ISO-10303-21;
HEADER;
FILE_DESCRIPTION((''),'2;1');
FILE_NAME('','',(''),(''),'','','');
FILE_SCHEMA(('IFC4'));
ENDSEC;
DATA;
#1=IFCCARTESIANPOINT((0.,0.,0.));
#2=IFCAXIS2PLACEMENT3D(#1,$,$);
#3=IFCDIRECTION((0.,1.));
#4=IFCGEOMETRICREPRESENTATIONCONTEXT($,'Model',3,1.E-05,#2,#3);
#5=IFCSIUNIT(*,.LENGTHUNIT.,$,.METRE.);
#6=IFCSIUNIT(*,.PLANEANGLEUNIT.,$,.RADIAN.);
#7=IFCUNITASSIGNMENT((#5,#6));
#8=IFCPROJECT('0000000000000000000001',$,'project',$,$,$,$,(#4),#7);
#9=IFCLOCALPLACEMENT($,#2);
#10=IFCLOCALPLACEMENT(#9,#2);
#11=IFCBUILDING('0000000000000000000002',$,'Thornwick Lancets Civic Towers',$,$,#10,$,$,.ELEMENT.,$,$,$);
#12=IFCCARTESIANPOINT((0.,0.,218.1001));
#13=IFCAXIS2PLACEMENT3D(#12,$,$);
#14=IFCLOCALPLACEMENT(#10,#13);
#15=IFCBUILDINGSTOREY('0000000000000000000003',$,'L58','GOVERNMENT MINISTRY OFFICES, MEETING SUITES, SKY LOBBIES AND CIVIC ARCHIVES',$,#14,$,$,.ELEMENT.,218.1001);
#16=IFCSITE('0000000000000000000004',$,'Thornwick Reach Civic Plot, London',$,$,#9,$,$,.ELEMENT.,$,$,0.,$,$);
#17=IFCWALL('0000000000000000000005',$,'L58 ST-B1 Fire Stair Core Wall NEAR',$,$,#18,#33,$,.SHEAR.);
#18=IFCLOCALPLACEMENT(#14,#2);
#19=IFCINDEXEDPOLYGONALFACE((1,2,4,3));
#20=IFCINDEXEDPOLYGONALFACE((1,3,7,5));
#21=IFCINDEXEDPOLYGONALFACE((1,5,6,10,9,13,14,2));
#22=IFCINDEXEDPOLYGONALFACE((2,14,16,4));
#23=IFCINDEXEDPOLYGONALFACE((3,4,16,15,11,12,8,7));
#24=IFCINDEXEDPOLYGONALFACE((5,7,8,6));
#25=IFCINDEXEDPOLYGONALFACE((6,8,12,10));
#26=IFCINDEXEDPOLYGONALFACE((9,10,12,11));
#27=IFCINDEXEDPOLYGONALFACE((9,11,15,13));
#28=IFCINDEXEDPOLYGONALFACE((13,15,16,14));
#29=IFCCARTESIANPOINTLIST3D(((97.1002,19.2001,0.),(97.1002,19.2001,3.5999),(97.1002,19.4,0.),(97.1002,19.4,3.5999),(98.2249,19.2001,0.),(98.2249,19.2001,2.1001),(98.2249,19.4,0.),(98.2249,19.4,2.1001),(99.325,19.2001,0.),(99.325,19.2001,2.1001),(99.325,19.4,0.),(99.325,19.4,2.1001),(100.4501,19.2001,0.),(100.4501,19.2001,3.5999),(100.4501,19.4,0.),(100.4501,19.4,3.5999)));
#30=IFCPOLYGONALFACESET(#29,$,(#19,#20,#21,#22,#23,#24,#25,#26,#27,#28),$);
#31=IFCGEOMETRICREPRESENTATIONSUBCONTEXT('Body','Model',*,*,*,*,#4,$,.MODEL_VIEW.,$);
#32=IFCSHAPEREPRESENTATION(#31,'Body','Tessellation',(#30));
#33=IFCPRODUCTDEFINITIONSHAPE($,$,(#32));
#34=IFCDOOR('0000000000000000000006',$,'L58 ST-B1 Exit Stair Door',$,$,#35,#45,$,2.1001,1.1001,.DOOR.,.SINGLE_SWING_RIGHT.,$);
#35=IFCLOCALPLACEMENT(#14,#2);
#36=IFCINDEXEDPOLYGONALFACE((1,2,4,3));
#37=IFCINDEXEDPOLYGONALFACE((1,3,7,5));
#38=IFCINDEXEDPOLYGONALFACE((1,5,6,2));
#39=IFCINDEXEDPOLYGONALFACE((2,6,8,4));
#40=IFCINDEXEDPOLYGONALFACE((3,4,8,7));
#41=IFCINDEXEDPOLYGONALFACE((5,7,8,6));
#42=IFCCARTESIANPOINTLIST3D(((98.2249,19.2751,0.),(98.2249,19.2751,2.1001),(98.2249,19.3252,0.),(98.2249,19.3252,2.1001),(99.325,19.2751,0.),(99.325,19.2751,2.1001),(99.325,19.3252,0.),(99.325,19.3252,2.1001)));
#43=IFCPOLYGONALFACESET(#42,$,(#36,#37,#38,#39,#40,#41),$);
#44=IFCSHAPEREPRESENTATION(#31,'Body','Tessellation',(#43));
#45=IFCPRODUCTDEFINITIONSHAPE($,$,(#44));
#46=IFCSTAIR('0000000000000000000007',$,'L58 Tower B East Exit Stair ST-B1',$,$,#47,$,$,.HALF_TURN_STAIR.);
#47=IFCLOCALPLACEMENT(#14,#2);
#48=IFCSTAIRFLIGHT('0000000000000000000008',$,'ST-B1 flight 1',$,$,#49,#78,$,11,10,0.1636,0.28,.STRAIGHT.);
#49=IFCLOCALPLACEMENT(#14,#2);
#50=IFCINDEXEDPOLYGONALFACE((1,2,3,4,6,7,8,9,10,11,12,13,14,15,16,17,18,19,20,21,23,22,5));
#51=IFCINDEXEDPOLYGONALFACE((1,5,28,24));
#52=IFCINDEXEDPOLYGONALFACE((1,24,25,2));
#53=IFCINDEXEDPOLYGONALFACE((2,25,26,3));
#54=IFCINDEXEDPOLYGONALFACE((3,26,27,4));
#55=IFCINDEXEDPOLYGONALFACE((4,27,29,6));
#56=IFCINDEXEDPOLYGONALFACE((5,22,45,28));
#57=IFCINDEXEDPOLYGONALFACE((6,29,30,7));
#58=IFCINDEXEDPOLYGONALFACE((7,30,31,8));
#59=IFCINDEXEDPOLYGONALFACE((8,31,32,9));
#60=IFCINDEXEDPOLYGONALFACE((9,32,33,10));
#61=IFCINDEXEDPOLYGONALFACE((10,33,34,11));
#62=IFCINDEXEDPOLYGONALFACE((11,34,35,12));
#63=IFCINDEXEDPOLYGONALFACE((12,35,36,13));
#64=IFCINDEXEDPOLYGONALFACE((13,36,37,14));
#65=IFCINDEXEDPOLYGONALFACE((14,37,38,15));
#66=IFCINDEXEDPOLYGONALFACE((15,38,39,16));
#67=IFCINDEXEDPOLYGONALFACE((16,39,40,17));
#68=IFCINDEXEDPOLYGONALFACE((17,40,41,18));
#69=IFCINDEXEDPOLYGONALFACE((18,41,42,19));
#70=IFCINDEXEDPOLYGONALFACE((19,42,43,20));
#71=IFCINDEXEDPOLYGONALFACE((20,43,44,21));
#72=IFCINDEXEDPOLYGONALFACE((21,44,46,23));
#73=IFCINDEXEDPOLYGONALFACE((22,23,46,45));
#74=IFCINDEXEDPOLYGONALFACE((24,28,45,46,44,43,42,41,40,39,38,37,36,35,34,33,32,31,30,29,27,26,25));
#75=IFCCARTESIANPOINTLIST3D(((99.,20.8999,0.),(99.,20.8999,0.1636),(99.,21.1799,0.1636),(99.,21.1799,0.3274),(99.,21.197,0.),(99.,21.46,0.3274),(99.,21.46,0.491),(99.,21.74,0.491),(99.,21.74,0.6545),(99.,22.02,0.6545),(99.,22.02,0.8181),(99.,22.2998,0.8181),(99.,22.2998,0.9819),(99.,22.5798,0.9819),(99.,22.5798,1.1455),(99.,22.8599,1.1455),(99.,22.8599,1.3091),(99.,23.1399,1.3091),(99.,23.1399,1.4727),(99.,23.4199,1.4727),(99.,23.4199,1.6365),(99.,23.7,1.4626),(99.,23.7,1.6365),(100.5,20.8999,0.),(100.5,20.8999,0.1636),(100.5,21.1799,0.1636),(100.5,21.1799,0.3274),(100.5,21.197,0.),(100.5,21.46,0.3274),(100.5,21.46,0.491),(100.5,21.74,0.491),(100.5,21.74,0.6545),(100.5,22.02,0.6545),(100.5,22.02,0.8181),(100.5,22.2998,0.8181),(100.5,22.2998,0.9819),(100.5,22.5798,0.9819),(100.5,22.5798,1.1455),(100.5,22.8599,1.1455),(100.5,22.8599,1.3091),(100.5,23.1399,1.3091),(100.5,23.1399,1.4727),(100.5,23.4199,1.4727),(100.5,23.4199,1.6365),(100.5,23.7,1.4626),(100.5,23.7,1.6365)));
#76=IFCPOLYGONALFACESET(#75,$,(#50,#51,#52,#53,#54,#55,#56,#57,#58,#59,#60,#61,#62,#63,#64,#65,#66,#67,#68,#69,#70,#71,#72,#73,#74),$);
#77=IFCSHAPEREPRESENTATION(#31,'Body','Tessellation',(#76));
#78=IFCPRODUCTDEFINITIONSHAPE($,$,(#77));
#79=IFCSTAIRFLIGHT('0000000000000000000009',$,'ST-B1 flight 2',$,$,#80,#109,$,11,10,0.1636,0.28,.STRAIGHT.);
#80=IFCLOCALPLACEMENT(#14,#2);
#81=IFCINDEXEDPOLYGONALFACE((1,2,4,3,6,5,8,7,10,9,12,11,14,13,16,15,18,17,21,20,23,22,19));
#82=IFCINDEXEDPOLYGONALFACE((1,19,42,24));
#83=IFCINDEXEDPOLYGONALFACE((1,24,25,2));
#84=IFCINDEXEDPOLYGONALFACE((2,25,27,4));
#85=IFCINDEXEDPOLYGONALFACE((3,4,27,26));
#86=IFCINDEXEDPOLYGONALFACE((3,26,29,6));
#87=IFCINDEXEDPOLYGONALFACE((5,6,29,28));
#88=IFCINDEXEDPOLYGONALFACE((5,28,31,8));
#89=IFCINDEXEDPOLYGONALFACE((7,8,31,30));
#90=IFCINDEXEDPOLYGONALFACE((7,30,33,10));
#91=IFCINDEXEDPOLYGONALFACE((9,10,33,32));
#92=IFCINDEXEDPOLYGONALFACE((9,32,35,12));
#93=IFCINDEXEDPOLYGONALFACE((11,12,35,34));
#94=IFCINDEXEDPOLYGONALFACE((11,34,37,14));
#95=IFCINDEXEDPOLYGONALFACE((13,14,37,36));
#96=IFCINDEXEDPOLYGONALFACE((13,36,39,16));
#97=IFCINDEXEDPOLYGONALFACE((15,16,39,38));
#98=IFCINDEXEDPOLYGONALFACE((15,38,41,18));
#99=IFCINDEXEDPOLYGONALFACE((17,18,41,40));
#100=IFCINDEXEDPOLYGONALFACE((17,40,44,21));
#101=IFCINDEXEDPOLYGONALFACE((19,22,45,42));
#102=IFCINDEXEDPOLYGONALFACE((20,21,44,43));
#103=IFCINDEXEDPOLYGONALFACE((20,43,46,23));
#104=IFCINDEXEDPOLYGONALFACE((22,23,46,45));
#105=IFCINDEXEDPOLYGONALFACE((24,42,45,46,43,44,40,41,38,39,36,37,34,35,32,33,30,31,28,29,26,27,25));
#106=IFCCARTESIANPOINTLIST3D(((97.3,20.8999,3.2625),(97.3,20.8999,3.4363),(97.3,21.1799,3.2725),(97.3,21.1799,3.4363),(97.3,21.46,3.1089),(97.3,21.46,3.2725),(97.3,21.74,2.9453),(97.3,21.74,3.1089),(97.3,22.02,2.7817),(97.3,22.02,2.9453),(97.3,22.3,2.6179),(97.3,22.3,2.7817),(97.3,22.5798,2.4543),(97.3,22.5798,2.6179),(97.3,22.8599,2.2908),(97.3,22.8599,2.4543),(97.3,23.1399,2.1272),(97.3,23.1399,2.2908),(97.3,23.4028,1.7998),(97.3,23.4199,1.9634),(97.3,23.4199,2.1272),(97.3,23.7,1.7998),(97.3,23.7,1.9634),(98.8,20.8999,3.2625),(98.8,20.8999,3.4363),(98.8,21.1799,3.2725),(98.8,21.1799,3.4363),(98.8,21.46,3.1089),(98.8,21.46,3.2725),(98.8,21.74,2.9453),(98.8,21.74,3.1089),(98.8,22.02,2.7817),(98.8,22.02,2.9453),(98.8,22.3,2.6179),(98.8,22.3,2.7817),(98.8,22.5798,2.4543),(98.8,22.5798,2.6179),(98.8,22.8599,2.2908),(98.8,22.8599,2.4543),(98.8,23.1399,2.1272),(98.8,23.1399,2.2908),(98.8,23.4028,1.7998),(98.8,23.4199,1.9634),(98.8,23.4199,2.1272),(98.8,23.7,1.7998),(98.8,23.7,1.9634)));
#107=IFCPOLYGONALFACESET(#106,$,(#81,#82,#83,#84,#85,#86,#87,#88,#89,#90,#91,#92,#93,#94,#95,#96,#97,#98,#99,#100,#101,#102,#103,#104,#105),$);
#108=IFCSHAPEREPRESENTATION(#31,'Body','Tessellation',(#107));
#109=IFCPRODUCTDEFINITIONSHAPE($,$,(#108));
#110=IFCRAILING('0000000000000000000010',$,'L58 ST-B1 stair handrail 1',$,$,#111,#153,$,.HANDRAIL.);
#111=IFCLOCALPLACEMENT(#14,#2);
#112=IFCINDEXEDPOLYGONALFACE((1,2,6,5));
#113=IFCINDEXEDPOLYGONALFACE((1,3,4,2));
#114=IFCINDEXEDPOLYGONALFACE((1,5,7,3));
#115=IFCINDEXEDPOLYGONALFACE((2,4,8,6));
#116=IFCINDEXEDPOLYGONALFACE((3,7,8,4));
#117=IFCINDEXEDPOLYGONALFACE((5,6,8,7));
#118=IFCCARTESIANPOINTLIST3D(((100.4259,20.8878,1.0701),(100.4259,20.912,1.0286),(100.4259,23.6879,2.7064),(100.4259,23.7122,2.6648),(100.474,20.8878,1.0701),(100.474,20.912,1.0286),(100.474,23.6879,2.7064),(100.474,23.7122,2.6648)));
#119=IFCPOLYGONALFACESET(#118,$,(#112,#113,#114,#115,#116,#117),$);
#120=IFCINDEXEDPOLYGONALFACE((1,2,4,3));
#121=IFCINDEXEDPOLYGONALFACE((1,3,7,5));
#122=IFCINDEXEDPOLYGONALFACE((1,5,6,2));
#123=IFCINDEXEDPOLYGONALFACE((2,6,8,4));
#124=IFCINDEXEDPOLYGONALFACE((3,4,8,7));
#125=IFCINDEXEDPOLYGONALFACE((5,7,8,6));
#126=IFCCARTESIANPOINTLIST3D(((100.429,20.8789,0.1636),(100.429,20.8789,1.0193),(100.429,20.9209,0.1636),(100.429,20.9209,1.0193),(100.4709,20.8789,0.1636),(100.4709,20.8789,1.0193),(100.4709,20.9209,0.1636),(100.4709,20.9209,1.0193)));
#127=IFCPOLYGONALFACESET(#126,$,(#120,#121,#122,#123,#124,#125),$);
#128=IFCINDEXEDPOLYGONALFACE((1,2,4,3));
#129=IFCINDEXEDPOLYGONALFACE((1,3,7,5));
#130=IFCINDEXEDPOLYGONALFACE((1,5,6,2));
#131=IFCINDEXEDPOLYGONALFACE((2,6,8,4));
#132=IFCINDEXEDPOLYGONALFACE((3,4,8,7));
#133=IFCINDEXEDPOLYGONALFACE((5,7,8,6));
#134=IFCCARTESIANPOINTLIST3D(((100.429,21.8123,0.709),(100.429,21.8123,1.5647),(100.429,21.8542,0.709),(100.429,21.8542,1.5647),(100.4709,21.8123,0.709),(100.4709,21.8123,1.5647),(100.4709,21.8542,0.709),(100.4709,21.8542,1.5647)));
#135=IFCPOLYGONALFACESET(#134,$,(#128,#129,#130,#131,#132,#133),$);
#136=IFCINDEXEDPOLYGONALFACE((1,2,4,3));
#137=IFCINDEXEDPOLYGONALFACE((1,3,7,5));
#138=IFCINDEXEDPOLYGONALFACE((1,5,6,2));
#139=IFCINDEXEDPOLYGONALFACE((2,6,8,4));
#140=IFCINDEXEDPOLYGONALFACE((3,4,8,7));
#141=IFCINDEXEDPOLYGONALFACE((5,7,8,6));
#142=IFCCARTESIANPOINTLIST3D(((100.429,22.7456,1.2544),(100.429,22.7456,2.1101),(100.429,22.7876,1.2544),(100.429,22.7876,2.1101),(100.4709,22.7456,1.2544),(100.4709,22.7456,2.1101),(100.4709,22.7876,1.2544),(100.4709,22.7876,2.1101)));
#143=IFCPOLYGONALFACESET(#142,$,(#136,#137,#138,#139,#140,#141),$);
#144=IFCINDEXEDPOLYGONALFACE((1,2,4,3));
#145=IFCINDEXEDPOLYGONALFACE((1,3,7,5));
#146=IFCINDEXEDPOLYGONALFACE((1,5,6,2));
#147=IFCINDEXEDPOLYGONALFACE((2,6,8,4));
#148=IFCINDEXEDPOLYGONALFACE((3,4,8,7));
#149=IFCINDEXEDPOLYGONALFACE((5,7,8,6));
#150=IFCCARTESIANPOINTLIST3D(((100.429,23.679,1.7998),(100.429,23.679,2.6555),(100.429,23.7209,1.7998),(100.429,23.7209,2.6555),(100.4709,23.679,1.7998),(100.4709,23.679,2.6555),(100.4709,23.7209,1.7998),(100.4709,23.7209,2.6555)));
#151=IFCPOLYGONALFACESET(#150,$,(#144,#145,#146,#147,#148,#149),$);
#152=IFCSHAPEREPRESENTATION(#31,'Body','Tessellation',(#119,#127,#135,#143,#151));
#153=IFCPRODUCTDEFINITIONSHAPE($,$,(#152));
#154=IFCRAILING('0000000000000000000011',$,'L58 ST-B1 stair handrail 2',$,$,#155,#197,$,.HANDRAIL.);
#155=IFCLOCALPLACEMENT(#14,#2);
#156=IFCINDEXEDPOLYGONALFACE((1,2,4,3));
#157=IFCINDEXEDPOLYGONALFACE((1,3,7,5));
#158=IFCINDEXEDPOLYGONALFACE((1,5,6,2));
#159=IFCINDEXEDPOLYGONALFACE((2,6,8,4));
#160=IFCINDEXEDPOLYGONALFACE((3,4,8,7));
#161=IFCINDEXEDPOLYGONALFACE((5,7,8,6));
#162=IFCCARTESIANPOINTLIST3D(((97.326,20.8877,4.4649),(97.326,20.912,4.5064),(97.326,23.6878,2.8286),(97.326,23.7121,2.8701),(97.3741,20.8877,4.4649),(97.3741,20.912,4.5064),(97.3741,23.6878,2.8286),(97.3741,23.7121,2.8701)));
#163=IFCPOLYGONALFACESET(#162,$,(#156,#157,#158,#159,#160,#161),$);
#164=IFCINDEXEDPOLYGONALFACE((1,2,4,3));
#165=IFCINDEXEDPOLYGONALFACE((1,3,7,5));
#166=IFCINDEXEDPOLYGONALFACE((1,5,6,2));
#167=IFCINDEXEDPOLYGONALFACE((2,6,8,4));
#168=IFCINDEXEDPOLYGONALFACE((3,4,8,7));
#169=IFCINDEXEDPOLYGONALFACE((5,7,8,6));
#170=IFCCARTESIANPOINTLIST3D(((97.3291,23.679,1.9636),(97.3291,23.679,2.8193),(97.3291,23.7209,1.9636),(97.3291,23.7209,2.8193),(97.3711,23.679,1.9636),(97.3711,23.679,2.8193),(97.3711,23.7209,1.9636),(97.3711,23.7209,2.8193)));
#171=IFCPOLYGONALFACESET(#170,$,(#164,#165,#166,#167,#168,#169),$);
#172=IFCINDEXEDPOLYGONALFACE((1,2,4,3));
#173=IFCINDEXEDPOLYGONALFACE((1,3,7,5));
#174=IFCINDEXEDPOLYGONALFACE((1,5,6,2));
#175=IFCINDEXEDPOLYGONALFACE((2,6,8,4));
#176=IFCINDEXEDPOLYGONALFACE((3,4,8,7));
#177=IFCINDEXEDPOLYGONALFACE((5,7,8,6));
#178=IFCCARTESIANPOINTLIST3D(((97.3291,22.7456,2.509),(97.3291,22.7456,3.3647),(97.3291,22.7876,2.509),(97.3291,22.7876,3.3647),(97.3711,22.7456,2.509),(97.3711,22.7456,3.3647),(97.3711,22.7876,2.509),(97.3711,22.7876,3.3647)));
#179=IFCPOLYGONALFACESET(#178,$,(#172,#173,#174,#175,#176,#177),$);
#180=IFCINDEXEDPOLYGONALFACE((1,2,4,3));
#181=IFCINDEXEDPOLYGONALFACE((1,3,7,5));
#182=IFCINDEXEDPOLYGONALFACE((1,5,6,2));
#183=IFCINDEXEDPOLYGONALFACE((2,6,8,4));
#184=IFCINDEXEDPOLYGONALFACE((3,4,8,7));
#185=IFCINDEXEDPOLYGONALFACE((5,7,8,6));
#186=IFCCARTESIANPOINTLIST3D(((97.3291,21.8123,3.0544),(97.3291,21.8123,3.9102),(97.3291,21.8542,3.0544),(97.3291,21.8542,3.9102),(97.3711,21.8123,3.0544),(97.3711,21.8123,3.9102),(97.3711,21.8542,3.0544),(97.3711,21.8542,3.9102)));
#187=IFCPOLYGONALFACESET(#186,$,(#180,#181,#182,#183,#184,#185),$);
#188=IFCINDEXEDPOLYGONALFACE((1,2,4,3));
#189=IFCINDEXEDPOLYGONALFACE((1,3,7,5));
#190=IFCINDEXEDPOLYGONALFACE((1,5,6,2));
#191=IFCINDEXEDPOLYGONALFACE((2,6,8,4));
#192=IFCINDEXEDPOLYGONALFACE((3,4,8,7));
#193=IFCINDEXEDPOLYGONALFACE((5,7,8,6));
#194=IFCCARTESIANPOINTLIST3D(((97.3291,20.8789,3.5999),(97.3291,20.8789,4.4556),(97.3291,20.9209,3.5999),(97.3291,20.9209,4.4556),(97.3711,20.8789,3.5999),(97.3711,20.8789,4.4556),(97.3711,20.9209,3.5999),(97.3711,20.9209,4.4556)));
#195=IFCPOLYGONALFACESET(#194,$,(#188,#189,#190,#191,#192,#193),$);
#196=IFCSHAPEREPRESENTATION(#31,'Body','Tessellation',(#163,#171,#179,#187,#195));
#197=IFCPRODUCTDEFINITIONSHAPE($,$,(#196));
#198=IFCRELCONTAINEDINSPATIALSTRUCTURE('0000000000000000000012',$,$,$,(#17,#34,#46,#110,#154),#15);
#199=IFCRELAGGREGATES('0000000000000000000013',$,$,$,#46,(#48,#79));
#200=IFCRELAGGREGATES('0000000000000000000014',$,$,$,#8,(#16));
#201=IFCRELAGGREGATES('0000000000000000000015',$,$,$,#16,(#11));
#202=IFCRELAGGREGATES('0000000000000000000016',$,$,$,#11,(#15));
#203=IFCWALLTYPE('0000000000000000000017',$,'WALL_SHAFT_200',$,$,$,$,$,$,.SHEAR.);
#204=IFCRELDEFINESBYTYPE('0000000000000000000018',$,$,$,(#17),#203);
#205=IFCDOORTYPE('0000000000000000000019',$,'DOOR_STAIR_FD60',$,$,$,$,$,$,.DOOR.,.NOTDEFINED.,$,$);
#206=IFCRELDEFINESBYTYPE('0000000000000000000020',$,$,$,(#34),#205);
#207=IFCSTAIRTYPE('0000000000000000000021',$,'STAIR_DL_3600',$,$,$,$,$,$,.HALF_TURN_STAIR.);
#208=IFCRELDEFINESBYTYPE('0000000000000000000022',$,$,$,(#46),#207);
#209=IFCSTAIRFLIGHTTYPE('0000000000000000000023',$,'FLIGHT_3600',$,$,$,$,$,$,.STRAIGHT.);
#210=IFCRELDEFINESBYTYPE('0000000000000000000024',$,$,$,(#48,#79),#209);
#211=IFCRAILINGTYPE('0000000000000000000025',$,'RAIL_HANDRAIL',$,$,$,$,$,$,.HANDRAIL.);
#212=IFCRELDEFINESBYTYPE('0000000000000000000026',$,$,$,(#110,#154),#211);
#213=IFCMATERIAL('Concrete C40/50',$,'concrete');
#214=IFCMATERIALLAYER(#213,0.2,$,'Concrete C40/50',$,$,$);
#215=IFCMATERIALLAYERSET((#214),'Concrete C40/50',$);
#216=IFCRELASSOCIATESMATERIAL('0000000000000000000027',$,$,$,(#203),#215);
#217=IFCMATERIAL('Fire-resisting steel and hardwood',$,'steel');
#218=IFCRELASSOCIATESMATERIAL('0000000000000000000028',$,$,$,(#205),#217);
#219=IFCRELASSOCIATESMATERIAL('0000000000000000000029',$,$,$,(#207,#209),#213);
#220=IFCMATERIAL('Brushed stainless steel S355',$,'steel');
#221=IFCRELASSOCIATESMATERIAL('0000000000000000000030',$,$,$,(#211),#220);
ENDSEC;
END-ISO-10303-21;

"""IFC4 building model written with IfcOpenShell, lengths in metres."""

from ifc_helpers import new_model, si_unit, direction, frame, frame_2d, origin, origin_2d, place, context, subcontext, project, spatial, polyline, rectangle, outline, extrude, material, layer, layer_set, type_object, element, fill, aggregate, save


model = new_model("IFC4")

# Units and contexts
model_context = context("Model", 3, precision=1e-05, world=origin(), true_north=direction((0.0, 1.0)))
body_context = subcontext(model_context, "Body", "Model", "MODEL_VIEW")
ifc_project = project(units=[si_unit("LENGTHUNIT", "METRE"), si_unit("PLANEANGLEUNIT", "RADIAN")], contexts=[model_context])

# Site, building, storey
site_placement = place(None, origin())
site = spatial("IfcSite", under=ifc_project, at=site_placement, Name="Thornwick Reach Civic Plot, London", CompositionType="ELEMENT", RefElevation=0.0)
building_placement = place(site_placement, origin())
building = spatial("IfcBuilding", under=site, at=building_placement, Name="Thornwick Lancets Civic Towers", CompositionType="ELEMENT")
storey_placement = place(building_placement, frame((0.0, 0.0, 218.1001)))
storey = spatial("IfcBuildingStorey", under=building, at=storey_placement, Name="L58", Description="GOVERNMENT MINISTRY OFFICES, MEETING SUITES, SKY LOBBIES AND CIVIC ARCHIVES", CompositionType="ELEMENT", Elevation=218.1001)

# Wall, opening, door
ifc_material_1 = material(Name="Concrete C40/50", Category="concrete")
ifc_layer_1 = layer(ifc_material_1, 0.2, Name="Concrete C40/50")
ifc_layer_set_1 = layer_set([ifc_layer_1], Name="Concrete C40/50")
wall_type_1 = type_object("IfcWallType", Name="WALL_SHAFT_200", PredefinedType="SHEAR", material=ifc_layer_set_1)
wall_1_placement = place(storey_placement, frame((100.45, 19.3, 0.0), z_axis=(0.0, 0.0, 1.0), x_axis=(-1.0, 0.0, 0.0)))
wall_1 = element("IfcWall", 1, at=wall_1_placement, inside=storey, type_object=wall_type_1, Name="L58 ST-B1 Fire Stair Core Wall NEAR", PredefinedType="SHEAR", context=body_context, shape_type="SweptSolid", body=[
    extrude(rectangle(XDim=3.3499, YDim=0.2, at=frame_2d((1.6748, 0.0))), origin(), (0.0, 0.0, 1.0), 3.5999),
])
opening_1_placement = place(wall_1_placement, frame((1.125, 0.0, 0.0)))
opening_1 = element("IfcOpeningElement", 2, at=opening_1_placement, cuts=wall_1, PredefinedType="OPENING", context=body_context, shape_type="SweptSolid", body=[
    extrude(rectangle(XDim=1.1001, YDim=2.1001, at=frame_2d((0.55, 1.05))), frame((0.0, 0.1099, 0.0), z_axis=(0.0, -1.0, 0.0), x_axis=(1.0, 0.0, 0.0)), (0.0, 0.0, 1.0), 0.22),
])
ifc_material_2 = material(Name="Fire-resisting steel and hardwood", Category="steel")
door_type_1 = type_object("IfcDoorType", Name="DOOR_STAIR_FD60", OperationType="NOTDEFINED", PredefinedType="DOOR", material=ifc_material_2)
door_1_placement = place(opening_1_placement, origin())
door_1 = element("IfcDoor", 3, at=door_1_placement, inside=storey, type_object=door_type_1, Name="L58 ST-B1 Exit Stair Door", OperationType="SINGLE_SWING_RIGHT", OverallHeight=2.1001, OverallWidth=1.1001, PredefinedType="DOOR", context=body_context, shape_type="SweptSolid", body=[
    extrude(rectangle(XDim=1.1001, YDim=2.1001, at=frame_2d((0.55, 1.05))), frame((0.0, 0.0249, 0.0), z_axis=(0.0, -1.0, 0.0), x_axis=(1.0, 0.0, 0.0)), (0.0, 0.0, 1.0), 0.05),
])
fill(opening_1, door_1)

# Stair, stair flights
stair_type = type_object("IfcStairType", Name="STAIR_DL_3600", PredefinedType="HALF_TURN_STAIR", material=ifc_material_1)
stair_placement = place(storey_placement, origin())
stair = element("IfcStair", 4, at=stair_placement, inside=storey, type_object=stair_type, Name="L58 Tower B East Exit Stair ST-B1", PredefinedType="HALF_TURN_STAIR")
stair_flight_type = type_object("IfcStairFlightType", Name="FLIGHT_3600", PredefinedType="STRAIGHT", material=ifc_material_1)
stair_flight_1_placement = place(storey_placement, frame((99.75, 20.8999, 0.0), z_axis=(0.0, 0.0, 1.0), x_axis=(0.0, 1.0, 0.0)))
stair_flight_1 = element("IfcStairFlight", 5, at=stair_flight_1_placement, type_object=stair_flight_type, Name="ST-B1 flight 1", NumberOfRisers=11, NumberOfTreads=10, PredefinedType="STRAIGHT", RiserHeight=0.1636, TreadLength=0.28, context=body_context, shape_type="SweptSolid", body=[
    extrude(outline(polyline([(0.0, 0.0), (0.0, 0.1636), (0.28, 0.1636), (0.28, 0.3274), (0.5601, 0.3274), (0.5601, 0.491), (0.8401, 0.491), (0.8401, 0.6545), (1.1201, 0.6545), (1.1201, 0.8181), (1.3999, 0.8181), (1.3999, 0.9819), (1.6799, 0.9819), (1.6799, 1.1455), (1.96, 1.1455), (1.96, 1.3091), (2.24, 1.3091), (2.24, 1.4727), (2.52, 1.4727), (2.52, 1.6365), (2.8, 1.6365), (2.8, 1.8), (2.8, 1.4626), (0.2971, 0.0), (0.0, 0.0)])), frame((0.0, 0.75, 0.0), z_axis=(0.0, -1.0, 0.0), x_axis=(1.0, 0.0, 0.0)), (0.0, 0.0, 1.0), 1.5),
])
stair_flight_2_placement = place(storey_placement, frame((98.05, 23.7, 1.7998), z_axis=(0.0, 0.0, 1.0), x_axis=(0.0, -1.0, 0.0)))
stair_flight_2 = element("IfcStairFlight", 6, at=stair_flight_2_placement, type_object=stair_flight_type, Name="ST-B1 flight 2", NumberOfRisers=11, NumberOfTreads=10, PredefinedType="STRAIGHT", RiserHeight=0.1636, TreadLength=0.28, context=body_context, shape_type="SweptSolid", body=[
    extrude(outline(polyline([(0.0, 0.0), (0.0, 0.1636), (0.28, 0.1636), (0.28, 0.3274), (0.5601, 0.3274), (0.5601, 0.491), (0.8401, 0.491), (0.8401, 0.6545), (1.1201, 0.6545), (1.1201, 0.8181), (1.3999, 0.8181), (1.3999, 0.9819), (1.6799, 0.9819), (1.6799, 1.1455), (1.96, 1.1455), (1.96, 1.3091), (2.24, 1.3091), (2.24, 1.4727), (2.52, 1.4727), (2.52, 1.6365), (2.8, 1.6365), (2.8, 1.8), (2.8, 1.4626), (0.2971, 0.0), (0.0, 0.0)])), frame((0.0, 0.75, 0.0), z_axis=(0.0, -1.0, 0.0), x_axis=(1.0, 0.0, 0.0)), (0.0, 0.0, 1.0), 1.5),
])
aggregate(stair, [stair_flight_1, stair_flight_2])

# Railings
ifc_material_3 = material(Name="Brushed stainless steel S355", Category="steel")
railing_type_1 = type_object("IfcRailingType", Name="RAIL_HANDRAIL", PredefinedType="HANDRAIL", material=ifc_material_3)
railing_1_placement = place(storey_placement, frame((100.45, 20.8999, 0.1636)))
element("IfcRailing", 7, at=railing_1_placement, inside=storey, type_object=railing_type_1, Name="L58 ST-B1 stair handrail 1", PredefinedType="HANDRAIL", context=body_context, shape_type="SweptSolid", body=[
    extrude(rectangle(XDim=0.0481, YDim=0.0481, at=origin_2d()), frame((0.0, 0.0, 0.8857), z_axis=(0.0, 0.863394, 0.504531), x_axis=(-1.0, 0.0, 0.0)), (0.0, 0.0, 1.0), 3.2432),
    extrude(rectangle(XDim=0.042, YDim=0.042, at=origin_2d()), origin(), (0.0, 0.0, 1.0), 0.8557),
    extrude(rectangle(XDim=0.042, YDim=0.042, at=origin_2d()), frame((0.0, 0.9333, 0.5454)), (0.0, 0.0, 1.0), 0.8557),
    extrude(rectangle(XDim=0.042, YDim=0.042, at=origin_2d()), frame((0.0, 1.8667, 1.0908)), (0.0, 0.0, 1.0), 0.8557),
    extrude(rectangle(XDim=0.042, YDim=0.042, at=origin_2d()), frame((0.0, 2.8, 1.6362)), (0.0, 0.0, 1.0), 0.8557),
])
railing_2_placement = place(storey_placement, frame((97.3501, 23.7, 1.9636)))
element("IfcRailing", 8, at=railing_2_placement, inside=storey, type_object=railing_type_1, Name="L58 ST-B1 stair handrail 2", PredefinedType="HANDRAIL", context=body_context, shape_type="SweptSolid", body=[
    extrude(rectangle(XDim=0.0481, YDim=0.0481, at=origin_2d()), frame((0.0, 0.0, 0.8857), z_axis=(0.0, -0.863394, 0.504531), x_axis=(1.0, 0.0, 0.0)), (0.0, 0.0, 1.0), 3.2432),
    extrude(rectangle(XDim=0.042, YDim=0.042, at=origin_2d()), origin(), (0.0, 0.0, 1.0), 0.8557),
    extrude(rectangle(XDim=0.042, YDim=0.042, at=origin_2d()), frame((0.0, -0.9333, 0.5454)), (0.0, 0.0, 1.0), 0.8557),
    extrude(rectangle(XDim=0.042, YDim=0.042, at=origin_2d()), frame((0.0, -1.8667, 1.0908)), (0.0, 0.0, 1.0), 0.8557),
    extrude(rectangle(XDim=0.042, YDim=0.042, at=origin_2d()), frame((0.0, -2.8, 1.6362)), (0.0, 0.0, 1.0), 0.8557),
])

save(model, "model.ifc")
